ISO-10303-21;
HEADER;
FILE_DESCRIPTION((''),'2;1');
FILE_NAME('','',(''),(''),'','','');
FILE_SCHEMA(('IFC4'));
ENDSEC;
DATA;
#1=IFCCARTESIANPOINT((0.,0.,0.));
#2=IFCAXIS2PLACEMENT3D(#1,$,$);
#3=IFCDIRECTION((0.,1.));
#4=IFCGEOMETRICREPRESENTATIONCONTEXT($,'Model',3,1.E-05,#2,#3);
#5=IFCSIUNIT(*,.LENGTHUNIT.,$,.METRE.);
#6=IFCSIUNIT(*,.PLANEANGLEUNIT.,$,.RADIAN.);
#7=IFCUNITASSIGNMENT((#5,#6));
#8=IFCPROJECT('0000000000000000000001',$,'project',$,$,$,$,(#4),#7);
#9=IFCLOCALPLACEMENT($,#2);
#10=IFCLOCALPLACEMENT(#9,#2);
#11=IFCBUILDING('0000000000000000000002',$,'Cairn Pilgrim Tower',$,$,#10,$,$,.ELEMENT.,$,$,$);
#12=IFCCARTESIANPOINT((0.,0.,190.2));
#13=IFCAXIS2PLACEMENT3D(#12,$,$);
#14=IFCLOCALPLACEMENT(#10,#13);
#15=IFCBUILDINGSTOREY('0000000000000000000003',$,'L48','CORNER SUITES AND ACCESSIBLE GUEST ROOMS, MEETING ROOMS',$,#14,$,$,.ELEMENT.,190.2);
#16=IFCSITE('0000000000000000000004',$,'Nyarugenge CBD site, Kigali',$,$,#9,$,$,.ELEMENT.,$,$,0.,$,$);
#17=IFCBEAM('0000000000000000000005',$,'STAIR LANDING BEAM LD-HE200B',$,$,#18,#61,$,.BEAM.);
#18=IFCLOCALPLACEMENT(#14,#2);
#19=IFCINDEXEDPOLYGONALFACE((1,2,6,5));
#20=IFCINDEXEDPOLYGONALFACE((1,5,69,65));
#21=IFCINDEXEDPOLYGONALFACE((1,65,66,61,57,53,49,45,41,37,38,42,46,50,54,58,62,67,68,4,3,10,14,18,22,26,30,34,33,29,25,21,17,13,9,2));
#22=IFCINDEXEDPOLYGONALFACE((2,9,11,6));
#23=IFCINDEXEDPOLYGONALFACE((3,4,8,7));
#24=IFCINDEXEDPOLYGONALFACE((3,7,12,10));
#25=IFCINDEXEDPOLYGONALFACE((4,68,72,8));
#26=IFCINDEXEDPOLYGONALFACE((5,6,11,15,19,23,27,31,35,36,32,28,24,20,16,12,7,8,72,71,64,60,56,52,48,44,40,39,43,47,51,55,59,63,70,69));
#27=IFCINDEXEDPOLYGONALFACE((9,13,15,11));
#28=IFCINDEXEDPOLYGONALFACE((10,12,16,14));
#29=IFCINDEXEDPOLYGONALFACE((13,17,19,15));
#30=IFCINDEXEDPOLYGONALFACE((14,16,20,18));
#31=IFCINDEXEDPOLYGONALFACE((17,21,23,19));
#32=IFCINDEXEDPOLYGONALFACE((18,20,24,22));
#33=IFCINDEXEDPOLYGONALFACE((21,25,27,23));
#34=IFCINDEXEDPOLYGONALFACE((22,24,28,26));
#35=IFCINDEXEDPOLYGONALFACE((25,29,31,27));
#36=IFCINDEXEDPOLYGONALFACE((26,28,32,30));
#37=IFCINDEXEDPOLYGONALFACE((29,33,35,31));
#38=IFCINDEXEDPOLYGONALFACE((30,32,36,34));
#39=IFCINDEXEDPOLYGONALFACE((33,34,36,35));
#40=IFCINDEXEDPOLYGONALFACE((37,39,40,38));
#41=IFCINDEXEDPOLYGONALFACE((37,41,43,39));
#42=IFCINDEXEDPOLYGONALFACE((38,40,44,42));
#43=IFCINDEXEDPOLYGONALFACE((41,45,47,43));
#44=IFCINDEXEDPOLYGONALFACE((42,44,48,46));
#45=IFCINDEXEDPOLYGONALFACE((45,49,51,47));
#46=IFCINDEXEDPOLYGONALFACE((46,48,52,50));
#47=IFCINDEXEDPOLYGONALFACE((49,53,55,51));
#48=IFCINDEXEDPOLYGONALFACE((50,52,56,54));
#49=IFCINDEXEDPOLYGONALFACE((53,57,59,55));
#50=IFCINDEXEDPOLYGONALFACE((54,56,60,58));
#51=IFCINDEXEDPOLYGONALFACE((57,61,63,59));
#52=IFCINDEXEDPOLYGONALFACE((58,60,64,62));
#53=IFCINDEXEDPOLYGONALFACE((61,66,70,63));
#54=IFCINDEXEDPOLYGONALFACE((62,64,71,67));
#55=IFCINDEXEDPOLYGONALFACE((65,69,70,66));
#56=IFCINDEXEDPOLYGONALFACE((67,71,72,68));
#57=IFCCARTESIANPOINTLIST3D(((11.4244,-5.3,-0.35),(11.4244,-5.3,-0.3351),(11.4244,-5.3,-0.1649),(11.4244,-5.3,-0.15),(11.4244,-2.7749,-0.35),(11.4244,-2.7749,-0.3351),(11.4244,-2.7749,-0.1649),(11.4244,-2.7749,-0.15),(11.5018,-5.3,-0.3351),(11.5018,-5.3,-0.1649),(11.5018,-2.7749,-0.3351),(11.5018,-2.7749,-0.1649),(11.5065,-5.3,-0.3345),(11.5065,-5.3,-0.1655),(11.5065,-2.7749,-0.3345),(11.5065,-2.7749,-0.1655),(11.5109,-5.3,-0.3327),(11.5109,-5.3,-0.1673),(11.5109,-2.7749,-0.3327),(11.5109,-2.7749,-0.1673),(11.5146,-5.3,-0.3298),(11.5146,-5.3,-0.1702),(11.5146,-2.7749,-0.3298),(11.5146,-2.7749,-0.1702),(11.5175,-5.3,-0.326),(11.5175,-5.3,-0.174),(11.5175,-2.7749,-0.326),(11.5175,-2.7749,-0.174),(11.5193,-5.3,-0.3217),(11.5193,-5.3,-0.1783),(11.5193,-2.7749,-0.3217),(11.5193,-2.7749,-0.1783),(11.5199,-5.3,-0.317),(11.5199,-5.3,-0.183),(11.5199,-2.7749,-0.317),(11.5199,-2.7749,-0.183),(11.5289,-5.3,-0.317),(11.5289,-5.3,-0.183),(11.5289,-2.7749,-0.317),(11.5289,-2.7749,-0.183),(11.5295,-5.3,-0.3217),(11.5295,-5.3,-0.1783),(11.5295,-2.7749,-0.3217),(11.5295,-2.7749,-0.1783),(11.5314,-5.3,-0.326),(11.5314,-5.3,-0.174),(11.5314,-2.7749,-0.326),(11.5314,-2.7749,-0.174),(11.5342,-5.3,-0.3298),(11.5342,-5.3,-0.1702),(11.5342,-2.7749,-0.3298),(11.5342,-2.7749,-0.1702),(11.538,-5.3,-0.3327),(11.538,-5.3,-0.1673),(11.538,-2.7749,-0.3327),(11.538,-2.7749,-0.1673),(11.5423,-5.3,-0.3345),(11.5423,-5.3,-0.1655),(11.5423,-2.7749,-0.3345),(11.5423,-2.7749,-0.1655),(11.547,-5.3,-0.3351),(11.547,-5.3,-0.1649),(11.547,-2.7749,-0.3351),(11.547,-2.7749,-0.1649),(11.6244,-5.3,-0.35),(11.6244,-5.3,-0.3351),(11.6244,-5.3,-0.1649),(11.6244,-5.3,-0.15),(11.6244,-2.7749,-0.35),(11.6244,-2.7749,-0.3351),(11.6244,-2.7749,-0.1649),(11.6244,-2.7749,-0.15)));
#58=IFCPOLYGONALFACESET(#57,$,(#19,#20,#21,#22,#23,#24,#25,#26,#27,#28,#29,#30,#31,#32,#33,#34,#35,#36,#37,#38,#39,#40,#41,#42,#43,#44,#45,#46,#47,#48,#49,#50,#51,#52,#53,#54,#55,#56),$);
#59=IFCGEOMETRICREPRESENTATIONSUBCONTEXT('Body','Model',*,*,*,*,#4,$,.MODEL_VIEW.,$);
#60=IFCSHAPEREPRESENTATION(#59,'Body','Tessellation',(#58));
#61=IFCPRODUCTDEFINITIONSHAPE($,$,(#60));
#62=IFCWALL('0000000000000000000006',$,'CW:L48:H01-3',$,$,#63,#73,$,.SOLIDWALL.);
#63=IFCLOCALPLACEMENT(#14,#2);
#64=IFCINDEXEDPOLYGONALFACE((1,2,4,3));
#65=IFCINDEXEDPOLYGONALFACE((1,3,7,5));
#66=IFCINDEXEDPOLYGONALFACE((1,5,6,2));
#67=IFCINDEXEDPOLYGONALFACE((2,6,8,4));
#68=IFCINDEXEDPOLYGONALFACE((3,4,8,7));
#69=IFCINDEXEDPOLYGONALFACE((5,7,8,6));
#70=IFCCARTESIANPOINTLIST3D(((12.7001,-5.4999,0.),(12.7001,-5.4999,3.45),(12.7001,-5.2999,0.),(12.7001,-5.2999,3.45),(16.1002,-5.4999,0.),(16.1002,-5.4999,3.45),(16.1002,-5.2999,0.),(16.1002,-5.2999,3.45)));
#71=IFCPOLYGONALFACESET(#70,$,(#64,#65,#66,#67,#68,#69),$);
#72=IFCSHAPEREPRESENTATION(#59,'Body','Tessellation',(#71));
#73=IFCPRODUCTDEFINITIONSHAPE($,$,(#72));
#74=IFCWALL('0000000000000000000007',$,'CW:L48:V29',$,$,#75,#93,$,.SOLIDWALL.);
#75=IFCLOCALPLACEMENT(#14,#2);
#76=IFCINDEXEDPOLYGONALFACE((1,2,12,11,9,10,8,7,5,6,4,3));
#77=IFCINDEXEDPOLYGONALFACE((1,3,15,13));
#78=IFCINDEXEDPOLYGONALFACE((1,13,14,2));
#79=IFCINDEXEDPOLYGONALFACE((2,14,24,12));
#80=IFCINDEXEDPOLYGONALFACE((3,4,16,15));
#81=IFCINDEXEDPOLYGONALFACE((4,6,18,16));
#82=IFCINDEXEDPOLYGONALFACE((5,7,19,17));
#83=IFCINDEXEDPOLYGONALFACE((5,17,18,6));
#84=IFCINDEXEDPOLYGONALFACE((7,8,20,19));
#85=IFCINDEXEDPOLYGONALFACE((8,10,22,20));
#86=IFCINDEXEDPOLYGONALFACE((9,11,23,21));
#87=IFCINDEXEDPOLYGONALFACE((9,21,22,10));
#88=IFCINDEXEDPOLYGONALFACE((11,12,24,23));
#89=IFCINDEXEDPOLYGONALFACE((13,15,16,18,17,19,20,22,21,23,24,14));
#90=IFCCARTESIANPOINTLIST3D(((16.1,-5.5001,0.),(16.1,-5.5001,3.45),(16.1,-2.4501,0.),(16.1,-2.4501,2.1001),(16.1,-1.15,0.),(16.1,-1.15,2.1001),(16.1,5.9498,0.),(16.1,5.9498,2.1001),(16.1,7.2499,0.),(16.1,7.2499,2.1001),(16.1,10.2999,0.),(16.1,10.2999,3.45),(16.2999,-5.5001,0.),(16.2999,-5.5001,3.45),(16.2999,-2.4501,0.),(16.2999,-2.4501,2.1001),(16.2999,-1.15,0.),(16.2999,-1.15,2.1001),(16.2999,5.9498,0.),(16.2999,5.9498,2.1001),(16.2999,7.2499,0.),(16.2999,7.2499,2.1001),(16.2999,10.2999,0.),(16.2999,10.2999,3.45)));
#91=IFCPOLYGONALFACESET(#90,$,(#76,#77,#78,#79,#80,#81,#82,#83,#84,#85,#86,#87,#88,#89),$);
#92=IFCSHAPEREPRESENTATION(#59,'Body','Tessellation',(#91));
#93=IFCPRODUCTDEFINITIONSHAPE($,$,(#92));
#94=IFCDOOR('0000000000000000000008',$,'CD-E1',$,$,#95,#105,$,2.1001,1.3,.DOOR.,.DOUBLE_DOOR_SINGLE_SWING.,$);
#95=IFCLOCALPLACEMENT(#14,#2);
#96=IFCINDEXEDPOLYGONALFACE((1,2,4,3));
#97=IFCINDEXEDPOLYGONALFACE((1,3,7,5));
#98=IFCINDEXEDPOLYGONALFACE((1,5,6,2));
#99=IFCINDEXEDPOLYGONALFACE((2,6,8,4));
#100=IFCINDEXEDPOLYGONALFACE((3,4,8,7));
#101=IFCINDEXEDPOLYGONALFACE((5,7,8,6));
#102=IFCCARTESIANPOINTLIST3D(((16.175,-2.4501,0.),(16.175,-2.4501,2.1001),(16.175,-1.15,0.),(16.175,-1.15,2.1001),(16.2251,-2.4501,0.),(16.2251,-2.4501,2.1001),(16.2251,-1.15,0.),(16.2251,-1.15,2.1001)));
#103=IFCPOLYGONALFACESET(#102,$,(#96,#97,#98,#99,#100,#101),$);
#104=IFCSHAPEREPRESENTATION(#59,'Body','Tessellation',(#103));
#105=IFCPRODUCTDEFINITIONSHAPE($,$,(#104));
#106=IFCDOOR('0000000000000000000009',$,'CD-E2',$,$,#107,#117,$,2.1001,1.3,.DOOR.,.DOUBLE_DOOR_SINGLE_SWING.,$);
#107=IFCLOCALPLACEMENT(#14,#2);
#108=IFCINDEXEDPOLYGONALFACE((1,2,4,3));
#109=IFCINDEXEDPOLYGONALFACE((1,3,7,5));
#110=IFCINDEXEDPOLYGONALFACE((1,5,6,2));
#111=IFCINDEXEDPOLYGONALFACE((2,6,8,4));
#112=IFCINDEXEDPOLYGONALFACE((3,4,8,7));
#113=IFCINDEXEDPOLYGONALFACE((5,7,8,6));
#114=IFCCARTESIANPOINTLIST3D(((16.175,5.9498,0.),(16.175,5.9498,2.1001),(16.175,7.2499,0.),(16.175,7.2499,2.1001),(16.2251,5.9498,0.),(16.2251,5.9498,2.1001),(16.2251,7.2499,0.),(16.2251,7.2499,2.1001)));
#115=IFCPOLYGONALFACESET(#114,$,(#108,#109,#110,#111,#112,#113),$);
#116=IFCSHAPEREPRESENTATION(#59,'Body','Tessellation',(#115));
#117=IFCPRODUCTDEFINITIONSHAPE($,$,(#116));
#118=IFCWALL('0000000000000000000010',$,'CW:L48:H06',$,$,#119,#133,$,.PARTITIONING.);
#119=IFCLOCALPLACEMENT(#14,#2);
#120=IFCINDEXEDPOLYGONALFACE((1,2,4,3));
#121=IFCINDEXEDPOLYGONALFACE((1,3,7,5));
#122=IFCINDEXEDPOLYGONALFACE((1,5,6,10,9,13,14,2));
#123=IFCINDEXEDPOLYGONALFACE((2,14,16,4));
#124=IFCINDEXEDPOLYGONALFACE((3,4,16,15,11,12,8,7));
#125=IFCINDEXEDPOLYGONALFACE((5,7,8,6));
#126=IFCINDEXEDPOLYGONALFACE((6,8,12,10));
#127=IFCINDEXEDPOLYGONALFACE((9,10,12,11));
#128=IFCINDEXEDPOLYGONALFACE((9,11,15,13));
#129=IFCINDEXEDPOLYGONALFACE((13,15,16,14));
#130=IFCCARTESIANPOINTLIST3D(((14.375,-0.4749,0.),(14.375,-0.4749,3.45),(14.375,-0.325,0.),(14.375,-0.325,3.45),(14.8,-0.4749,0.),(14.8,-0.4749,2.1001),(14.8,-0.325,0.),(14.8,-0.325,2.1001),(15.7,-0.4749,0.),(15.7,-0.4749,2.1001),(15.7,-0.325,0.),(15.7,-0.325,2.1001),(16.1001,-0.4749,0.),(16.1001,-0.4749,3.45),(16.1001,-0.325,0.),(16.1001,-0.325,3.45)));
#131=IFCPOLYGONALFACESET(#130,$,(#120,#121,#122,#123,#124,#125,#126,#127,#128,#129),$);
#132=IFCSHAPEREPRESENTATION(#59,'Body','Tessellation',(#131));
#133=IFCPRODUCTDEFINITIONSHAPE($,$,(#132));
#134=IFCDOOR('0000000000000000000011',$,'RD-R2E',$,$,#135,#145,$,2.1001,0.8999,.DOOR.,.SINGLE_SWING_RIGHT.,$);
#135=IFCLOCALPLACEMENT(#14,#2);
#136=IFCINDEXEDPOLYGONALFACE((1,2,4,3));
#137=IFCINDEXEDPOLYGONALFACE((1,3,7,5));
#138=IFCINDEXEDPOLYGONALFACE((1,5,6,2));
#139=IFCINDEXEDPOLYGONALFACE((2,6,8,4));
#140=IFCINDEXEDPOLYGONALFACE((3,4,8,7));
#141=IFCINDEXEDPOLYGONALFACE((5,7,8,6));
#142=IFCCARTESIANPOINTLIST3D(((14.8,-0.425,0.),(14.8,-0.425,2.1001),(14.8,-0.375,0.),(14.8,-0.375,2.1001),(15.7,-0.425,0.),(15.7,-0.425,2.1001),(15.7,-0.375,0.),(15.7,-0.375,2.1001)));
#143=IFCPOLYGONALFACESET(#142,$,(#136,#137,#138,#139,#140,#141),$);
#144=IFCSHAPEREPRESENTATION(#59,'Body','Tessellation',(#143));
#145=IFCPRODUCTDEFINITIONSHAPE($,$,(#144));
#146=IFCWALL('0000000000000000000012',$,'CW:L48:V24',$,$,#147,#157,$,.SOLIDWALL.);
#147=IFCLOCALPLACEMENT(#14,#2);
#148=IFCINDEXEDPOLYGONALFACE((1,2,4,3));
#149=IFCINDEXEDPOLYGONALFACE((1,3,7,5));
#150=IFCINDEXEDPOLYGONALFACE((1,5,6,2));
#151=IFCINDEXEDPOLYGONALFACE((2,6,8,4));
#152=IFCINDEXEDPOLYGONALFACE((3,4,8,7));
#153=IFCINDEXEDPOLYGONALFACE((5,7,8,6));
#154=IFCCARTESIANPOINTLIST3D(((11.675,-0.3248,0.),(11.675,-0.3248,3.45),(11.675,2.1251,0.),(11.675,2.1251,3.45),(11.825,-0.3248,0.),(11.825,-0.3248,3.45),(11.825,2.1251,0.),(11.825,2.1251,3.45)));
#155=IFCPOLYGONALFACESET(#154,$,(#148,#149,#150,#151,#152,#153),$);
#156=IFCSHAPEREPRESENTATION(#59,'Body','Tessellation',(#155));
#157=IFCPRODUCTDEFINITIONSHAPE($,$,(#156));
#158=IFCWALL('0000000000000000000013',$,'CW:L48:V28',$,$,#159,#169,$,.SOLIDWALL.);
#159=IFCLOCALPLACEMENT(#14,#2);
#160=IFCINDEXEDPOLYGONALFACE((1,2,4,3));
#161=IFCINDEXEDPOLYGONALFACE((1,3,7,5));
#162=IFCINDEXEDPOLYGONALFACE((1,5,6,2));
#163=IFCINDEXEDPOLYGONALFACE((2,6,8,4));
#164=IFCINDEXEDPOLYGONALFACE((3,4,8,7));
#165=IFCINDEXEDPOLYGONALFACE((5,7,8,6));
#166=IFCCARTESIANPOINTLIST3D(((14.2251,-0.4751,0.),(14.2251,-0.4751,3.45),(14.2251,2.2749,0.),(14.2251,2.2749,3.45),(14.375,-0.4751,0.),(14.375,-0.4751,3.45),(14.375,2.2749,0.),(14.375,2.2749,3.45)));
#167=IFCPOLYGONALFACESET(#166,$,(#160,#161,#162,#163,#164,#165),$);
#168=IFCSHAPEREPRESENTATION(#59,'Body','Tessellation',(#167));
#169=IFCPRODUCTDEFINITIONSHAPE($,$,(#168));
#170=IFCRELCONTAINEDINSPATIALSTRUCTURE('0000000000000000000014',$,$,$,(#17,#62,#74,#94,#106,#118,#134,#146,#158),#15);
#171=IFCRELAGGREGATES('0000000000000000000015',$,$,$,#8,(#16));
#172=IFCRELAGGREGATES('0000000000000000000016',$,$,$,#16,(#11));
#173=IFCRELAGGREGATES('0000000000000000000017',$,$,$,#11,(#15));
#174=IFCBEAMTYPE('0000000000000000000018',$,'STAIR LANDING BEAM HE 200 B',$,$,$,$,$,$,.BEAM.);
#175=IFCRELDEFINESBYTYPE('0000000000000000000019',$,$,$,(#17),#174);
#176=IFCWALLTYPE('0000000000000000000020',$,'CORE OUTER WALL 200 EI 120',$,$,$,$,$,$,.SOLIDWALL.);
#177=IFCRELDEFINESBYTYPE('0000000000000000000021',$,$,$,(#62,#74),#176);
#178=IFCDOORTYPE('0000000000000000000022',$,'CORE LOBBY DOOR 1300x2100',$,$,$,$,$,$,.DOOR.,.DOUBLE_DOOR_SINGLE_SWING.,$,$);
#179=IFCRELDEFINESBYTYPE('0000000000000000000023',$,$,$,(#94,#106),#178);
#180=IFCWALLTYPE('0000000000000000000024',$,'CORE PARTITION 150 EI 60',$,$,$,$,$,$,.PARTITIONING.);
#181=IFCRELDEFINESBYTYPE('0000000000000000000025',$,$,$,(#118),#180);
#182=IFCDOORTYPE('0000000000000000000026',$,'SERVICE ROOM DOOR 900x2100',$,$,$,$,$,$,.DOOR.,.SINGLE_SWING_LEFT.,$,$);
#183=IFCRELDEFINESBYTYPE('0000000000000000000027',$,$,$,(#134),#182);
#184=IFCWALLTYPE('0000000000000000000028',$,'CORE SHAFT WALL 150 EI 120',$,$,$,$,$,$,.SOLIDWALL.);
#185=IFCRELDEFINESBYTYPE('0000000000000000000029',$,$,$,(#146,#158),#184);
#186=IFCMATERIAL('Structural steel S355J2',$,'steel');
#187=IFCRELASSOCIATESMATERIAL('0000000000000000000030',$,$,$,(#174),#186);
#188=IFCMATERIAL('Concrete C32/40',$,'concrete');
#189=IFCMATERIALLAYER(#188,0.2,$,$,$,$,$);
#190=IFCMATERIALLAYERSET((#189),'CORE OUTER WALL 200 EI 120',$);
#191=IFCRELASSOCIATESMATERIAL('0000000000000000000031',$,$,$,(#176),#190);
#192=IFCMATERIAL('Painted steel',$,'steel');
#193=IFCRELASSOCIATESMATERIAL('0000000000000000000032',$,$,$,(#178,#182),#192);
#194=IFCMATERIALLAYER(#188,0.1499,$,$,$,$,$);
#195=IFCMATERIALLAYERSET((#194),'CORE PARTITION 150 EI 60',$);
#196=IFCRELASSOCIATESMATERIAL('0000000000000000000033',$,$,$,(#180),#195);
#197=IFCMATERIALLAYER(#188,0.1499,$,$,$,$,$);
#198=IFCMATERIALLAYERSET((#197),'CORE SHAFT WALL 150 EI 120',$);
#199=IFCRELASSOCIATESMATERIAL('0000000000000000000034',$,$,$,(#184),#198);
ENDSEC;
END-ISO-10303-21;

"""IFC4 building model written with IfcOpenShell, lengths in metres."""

from ifc_helpers import new_model, si_unit, direction, frame, frame_2d, origin, origin_2d, place, context, subcontext, project, spatial, rectangle, i_section, extrude, material, layer, layer_set, material_profile, profile_set, type_object, element, fill, save


model = new_model("IFC4")

# Units and contexts
model_context = context("Model", 3, precision=1e-05, world=origin(), true_north=direction((0.0, 1.0)))
body_context = subcontext(model_context, "Body", "Model", "MODEL_VIEW")
ifc_project = project(units=[si_unit("LENGTHUNIT", "METRE"), si_unit("PLANEANGLEUNIT", "RADIAN")], contexts=[model_context])

# Site, building, storey
site_placement = place(None, origin())
site = spatial("IfcSite", under=ifc_project, at=site_placement, Name="Nyarugenge CBD site, Kigali", CompositionType="ELEMENT", RefElevation=0.0)
building_placement = place(site_placement, origin())
building = spatial("IfcBuilding", under=site, at=building_placement, Name="Cairn Pilgrim Tower", CompositionType="ELEMENT")
storey_placement = place(building_placement, frame((0.0, 0.0, 190.2)))
storey = spatial("IfcBuildingStorey", under=building, at=storey_placement, Name="L48", Description="CORNER SUITES AND ACCESSIBLE GUEST ROOMS, MEETING ROOMS", CompositionType="ELEMENT", Elevation=190.2)

# Shared definitions
ifc_material_1 = material(Name="Structural steel S355J2", Category="steel")

# Beam
ifc_material_profile_1 = material_profile(ifc_material_1, i_section(OverallWidth=0.2, OverallDepth=0.2, WebThickness=0.009, FlangeThickness=0.0149, FilletRadius=0.0181, at=origin_2d()), Name="HE 200 B")
ifc_profile_set_1 = profile_set([ifc_material_profile_1], Name="Structural steel S355J2")
beam_type_1 = type_object("IfcBeamType", Name="STAIR LANDING BEAM HE 200 B", PredefinedType="BEAM", material=ifc_profile_set_1)
beam_1_placement = place(storey_placement, frame((11.5244, -2.7749, -0.25), z_axis=(0.0, -1.0, 0.0), x_axis=(1.0, 0.0, 0.0)))
element("IfcBeam", 1, at=beam_1_placement, inside=storey, type_object=beam_type_1, Name="STAIR LANDING BEAM LD-HE200B", PredefinedType="BEAM", context=body_context, shape_type="SweptSolid", body=[
    extrude(i_section(OverallWidth=0.2, OverallDepth=0.2, WebThickness=0.009, FlangeThickness=0.0149, FilletRadius=0.0181, at=origin_2d()), origin(), (0.0, 0.0, 1.0), 2.5251),
])

# Wall
ifc_material_2 = material(Name="Concrete C32/40", Category="concrete")
ifc_layer_1 = layer(ifc_material_2, 0.2)
ifc_layer_set_1 = layer_set([ifc_layer_1], Name="CORE OUTER WALL 200 EI 120")
wall_type_1 = type_object("IfcWallType", Name="CORE OUTER WALL 200 EI 120", PredefinedType="SOLIDWALL", material=ifc_layer_set_1)
wall_1_placement = place(storey_placement, frame((12.7, -5.3999, 0.0), z_axis=(0.0, 0.0, 1.0), x_axis=(1.0, 0.0, 0.0)))
element("IfcWall", 2, at=wall_1_placement, inside=storey, type_object=wall_type_1, Name="CW:L48:H01-3", PredefinedType="SOLIDWALL", context=body_context, shape_type="SweptSolid", body=[
    extrude(rectangle(XDim=3.4001, YDim=0.2, at=frame_2d((1.7002, 0.0))), origin(), (0.0, 0.0, 1.0), 3.45),
])

# Wall, openings, doors
wall_2_placement = place(storey_placement, frame((16.2, -5.5, 0.0), z_axis=(0.0, 0.0, 1.0), x_axis=(0.0, 1.0, 0.0)))
wall_2 = element("IfcWall", 3, at=wall_2_placement, inside=storey, type_object=wall_type_1, Name="CW:L48:V29", PredefinedType="SOLIDWALL", context=body_context, shape_type="SweptSolid", body=[
    extrude(rectangle(XDim=15.8, YDim=0.2, at=frame_2d((7.8999, 0.0))), origin(), (0.0, 0.0, 1.0), 3.45),
])
opening_1_placement = place(wall_2_placement, frame((3.05, 0.0, 0.0)))
opening_1 = element("IfcOpeningElement", 4, at=opening_1_placement, cuts=wall_2, PredefinedType="OPENING", context=body_context, shape_type="SweptSolid", body=[
    extrude(rectangle(XDim=1.3, YDim=2.1001, at=frame_2d((0.6499, 1.05))), frame((0.0, 0.1099, 0.0), z_axis=(0.0, -1.0, 0.0), x_axis=(1.0, 0.0, 0.0)), (0.0, 0.0, 1.0), 0.22),
])
opening_2_placement = place(wall_2_placement, frame((11.45, 0.0, 0.0)))
opening_2 = element("IfcOpeningElement", 5, at=opening_2_placement, cuts=wall_2, PredefinedType="OPENING", context=body_context, shape_type="SweptSolid", body=[
    extrude(rectangle(XDim=1.3, YDim=2.1001, at=frame_2d((0.6499, 1.05))), frame((0.0, 0.1099, 0.0), z_axis=(0.0, -1.0, 0.0), x_axis=(1.0, 0.0, 0.0)), (0.0, 0.0, 1.0), 0.22),
])
ifc_material_3 = material(Name="Painted steel", Category="steel")
door_type_1 = type_object("IfcDoorType", Name="CORE LOBBY DOOR 1300x2100", OperationType="DOUBLE_DOOR_SINGLE_SWING", PredefinedType="DOOR", material=ifc_material_3)
door_1_placement = place(opening_1_placement, origin())
door_1 = element("IfcDoor", 6, at=door_1_placement, inside=storey, type_object=door_type_1, Name="CD-E1", OperationType="DOUBLE_DOOR_SINGLE_SWING", OverallHeight=2.1001, OverallWidth=1.3, PredefinedType="DOOR", context=body_context, shape_type="SweptSolid", body=[
    extrude(rectangle(XDim=1.3, YDim=2.1001, at=frame_2d((0.6499, 1.05))), frame((0.0, 0.0249, 0.0), z_axis=(0.0, -1.0, 0.0), x_axis=(1.0, 0.0, 0.0)), (0.0, 0.0, 1.0), 0.05),
])
fill(opening_1, door_1)
door_2_placement = place(opening_2_placement, origin())
door_2 = element("IfcDoor", 7, at=door_2_placement, inside=storey, type_object=door_type_1, Name="CD-E2", OperationType="DOUBLE_DOOR_SINGLE_SWING", OverallHeight=2.1001, OverallWidth=1.3, PredefinedType="DOOR", context=body_context, shape_type="SweptSolid", body=[
    extrude(rectangle(XDim=1.3, YDim=2.1001, at=frame_2d((0.6499, 1.05))), frame((0.0, 0.0249, 0.0), z_axis=(0.0, -1.0, 0.0), x_axis=(1.0, 0.0, 0.0)), (0.0, 0.0, 1.0), 0.05),
])
fill(opening_2, door_2)

# Wall, opening, door
ifc_layer_2 = layer(ifc_material_2, 0.1499)
ifc_layer_set_2 = layer_set([ifc_layer_2], Name="CORE PARTITION 150 EI 60")
wall_type_2 = type_object("IfcWallType", Name="CORE PARTITION 150 EI 60", PredefinedType="PARTITIONING", material=ifc_layer_set_2)
wall_3_placement = place(storey_placement, frame((14.375, -0.3999, 0.0), z_axis=(0.0, 0.0, 1.0), x_axis=(1.0, 0.0, 0.0)))
wall_3 = element("IfcWall", 8, at=wall_3_placement, inside=storey, type_object=wall_type_2, Name="CW:L48:H06", PredefinedType="PARTITIONING", context=body_context, shape_type="SweptSolid", body=[
    extrude(rectangle(XDim=1.7251, YDim=0.1499, at=frame_2d((0.8625, 0.0))), origin(), (0.0, 0.0, 1.0), 3.45),
])
opening_3_placement = place(wall_3_placement, frame((0.425, 0.0, 0.0)))
opening_3 = element("IfcOpeningElement", 9, at=opening_3_placement, cuts=wall_3, PredefinedType="OPENING", context=body_context, shape_type="SweptSolid", body=[
    extrude(rectangle(XDim=0.8999, YDim=2.1001, at=frame_2d((0.45, 1.05))), frame((0.0, 0.085, 0.0), z_axis=(0.0, -1.0, 0.0), x_axis=(1.0, 0.0, 0.0)), (0.0, 0.0, 1.0), 0.1699),
])
door_type_2 = type_object("IfcDoorType", Name="SERVICE ROOM DOOR 900x2100", OperationType="SINGLE_SWING_LEFT", PredefinedType="DOOR", material=ifc_material_3)
door_3_placement = place(opening_3_placement, origin())
door_3 = element("IfcDoor", 10, at=door_3_placement, inside=storey, type_object=door_type_2, Name="RD-R2E", OperationType="SINGLE_SWING_RIGHT", OverallHeight=2.1001, OverallWidth=0.8999, PredefinedType="DOOR", context=body_context, shape_type="SweptSolid", body=[
    extrude(rectangle(XDim=0.8999, YDim=2.1001, at=frame_2d((0.45, 1.05))), frame((0.0, 0.0249, 0.0), z_axis=(0.0, -1.0, 0.0), x_axis=(1.0, 0.0, 0.0)), (0.0, 0.0, 1.0), 0.05),
])
fill(opening_3, door_3)

# Walls
ifc_layer_3 = layer(ifc_material_2, 0.1499)
ifc_layer_set_3 = layer_set([ifc_layer_3], Name="CORE SHAFT WALL 150 EI 120")
wall_type_3 = type_object("IfcWallType", Name="CORE SHAFT WALL 150 EI 120", PredefinedType="SOLIDWALL", material=ifc_layer_set_3)
wall_4_placement = place(storey_placement, frame((11.75, -0.325, 0.0), z_axis=(0.0, 0.0, 1.0), x_axis=(0.0, 1.0, 0.0)))
element("IfcWall", 11, at=wall_4_placement, inside=storey, type_object=wall_type_3, Name="CW:L48:V24", PredefinedType="SOLIDWALL", context=body_context, shape_type="SweptSolid", body=[
    extrude(rectangle(XDim=2.45, YDim=0.1499, at=frame_2d((1.2251, 0.0))), origin(), (0.0, 0.0, 1.0), 3.45),
])
wall_5_placement = place(storey_placement, frame((14.3, -0.4751, 0.0), z_axis=(0.0, 0.0, 1.0), x_axis=(0.0, 1.0, 0.0)))
element("IfcWall", 12, at=wall_5_placement, inside=storey, type_object=wall_type_3, Name="CW:L48:V28", PredefinedType="SOLIDWALL", context=body_context, shape_type="SweptSolid", body=[
    extrude(rectangle(XDim=2.75, YDim=0.1499, at=frame_2d((1.375, 0.0))), origin(), (0.0, 0.0, 1.0), 3.45),
])

save(model, "model.ifc")
